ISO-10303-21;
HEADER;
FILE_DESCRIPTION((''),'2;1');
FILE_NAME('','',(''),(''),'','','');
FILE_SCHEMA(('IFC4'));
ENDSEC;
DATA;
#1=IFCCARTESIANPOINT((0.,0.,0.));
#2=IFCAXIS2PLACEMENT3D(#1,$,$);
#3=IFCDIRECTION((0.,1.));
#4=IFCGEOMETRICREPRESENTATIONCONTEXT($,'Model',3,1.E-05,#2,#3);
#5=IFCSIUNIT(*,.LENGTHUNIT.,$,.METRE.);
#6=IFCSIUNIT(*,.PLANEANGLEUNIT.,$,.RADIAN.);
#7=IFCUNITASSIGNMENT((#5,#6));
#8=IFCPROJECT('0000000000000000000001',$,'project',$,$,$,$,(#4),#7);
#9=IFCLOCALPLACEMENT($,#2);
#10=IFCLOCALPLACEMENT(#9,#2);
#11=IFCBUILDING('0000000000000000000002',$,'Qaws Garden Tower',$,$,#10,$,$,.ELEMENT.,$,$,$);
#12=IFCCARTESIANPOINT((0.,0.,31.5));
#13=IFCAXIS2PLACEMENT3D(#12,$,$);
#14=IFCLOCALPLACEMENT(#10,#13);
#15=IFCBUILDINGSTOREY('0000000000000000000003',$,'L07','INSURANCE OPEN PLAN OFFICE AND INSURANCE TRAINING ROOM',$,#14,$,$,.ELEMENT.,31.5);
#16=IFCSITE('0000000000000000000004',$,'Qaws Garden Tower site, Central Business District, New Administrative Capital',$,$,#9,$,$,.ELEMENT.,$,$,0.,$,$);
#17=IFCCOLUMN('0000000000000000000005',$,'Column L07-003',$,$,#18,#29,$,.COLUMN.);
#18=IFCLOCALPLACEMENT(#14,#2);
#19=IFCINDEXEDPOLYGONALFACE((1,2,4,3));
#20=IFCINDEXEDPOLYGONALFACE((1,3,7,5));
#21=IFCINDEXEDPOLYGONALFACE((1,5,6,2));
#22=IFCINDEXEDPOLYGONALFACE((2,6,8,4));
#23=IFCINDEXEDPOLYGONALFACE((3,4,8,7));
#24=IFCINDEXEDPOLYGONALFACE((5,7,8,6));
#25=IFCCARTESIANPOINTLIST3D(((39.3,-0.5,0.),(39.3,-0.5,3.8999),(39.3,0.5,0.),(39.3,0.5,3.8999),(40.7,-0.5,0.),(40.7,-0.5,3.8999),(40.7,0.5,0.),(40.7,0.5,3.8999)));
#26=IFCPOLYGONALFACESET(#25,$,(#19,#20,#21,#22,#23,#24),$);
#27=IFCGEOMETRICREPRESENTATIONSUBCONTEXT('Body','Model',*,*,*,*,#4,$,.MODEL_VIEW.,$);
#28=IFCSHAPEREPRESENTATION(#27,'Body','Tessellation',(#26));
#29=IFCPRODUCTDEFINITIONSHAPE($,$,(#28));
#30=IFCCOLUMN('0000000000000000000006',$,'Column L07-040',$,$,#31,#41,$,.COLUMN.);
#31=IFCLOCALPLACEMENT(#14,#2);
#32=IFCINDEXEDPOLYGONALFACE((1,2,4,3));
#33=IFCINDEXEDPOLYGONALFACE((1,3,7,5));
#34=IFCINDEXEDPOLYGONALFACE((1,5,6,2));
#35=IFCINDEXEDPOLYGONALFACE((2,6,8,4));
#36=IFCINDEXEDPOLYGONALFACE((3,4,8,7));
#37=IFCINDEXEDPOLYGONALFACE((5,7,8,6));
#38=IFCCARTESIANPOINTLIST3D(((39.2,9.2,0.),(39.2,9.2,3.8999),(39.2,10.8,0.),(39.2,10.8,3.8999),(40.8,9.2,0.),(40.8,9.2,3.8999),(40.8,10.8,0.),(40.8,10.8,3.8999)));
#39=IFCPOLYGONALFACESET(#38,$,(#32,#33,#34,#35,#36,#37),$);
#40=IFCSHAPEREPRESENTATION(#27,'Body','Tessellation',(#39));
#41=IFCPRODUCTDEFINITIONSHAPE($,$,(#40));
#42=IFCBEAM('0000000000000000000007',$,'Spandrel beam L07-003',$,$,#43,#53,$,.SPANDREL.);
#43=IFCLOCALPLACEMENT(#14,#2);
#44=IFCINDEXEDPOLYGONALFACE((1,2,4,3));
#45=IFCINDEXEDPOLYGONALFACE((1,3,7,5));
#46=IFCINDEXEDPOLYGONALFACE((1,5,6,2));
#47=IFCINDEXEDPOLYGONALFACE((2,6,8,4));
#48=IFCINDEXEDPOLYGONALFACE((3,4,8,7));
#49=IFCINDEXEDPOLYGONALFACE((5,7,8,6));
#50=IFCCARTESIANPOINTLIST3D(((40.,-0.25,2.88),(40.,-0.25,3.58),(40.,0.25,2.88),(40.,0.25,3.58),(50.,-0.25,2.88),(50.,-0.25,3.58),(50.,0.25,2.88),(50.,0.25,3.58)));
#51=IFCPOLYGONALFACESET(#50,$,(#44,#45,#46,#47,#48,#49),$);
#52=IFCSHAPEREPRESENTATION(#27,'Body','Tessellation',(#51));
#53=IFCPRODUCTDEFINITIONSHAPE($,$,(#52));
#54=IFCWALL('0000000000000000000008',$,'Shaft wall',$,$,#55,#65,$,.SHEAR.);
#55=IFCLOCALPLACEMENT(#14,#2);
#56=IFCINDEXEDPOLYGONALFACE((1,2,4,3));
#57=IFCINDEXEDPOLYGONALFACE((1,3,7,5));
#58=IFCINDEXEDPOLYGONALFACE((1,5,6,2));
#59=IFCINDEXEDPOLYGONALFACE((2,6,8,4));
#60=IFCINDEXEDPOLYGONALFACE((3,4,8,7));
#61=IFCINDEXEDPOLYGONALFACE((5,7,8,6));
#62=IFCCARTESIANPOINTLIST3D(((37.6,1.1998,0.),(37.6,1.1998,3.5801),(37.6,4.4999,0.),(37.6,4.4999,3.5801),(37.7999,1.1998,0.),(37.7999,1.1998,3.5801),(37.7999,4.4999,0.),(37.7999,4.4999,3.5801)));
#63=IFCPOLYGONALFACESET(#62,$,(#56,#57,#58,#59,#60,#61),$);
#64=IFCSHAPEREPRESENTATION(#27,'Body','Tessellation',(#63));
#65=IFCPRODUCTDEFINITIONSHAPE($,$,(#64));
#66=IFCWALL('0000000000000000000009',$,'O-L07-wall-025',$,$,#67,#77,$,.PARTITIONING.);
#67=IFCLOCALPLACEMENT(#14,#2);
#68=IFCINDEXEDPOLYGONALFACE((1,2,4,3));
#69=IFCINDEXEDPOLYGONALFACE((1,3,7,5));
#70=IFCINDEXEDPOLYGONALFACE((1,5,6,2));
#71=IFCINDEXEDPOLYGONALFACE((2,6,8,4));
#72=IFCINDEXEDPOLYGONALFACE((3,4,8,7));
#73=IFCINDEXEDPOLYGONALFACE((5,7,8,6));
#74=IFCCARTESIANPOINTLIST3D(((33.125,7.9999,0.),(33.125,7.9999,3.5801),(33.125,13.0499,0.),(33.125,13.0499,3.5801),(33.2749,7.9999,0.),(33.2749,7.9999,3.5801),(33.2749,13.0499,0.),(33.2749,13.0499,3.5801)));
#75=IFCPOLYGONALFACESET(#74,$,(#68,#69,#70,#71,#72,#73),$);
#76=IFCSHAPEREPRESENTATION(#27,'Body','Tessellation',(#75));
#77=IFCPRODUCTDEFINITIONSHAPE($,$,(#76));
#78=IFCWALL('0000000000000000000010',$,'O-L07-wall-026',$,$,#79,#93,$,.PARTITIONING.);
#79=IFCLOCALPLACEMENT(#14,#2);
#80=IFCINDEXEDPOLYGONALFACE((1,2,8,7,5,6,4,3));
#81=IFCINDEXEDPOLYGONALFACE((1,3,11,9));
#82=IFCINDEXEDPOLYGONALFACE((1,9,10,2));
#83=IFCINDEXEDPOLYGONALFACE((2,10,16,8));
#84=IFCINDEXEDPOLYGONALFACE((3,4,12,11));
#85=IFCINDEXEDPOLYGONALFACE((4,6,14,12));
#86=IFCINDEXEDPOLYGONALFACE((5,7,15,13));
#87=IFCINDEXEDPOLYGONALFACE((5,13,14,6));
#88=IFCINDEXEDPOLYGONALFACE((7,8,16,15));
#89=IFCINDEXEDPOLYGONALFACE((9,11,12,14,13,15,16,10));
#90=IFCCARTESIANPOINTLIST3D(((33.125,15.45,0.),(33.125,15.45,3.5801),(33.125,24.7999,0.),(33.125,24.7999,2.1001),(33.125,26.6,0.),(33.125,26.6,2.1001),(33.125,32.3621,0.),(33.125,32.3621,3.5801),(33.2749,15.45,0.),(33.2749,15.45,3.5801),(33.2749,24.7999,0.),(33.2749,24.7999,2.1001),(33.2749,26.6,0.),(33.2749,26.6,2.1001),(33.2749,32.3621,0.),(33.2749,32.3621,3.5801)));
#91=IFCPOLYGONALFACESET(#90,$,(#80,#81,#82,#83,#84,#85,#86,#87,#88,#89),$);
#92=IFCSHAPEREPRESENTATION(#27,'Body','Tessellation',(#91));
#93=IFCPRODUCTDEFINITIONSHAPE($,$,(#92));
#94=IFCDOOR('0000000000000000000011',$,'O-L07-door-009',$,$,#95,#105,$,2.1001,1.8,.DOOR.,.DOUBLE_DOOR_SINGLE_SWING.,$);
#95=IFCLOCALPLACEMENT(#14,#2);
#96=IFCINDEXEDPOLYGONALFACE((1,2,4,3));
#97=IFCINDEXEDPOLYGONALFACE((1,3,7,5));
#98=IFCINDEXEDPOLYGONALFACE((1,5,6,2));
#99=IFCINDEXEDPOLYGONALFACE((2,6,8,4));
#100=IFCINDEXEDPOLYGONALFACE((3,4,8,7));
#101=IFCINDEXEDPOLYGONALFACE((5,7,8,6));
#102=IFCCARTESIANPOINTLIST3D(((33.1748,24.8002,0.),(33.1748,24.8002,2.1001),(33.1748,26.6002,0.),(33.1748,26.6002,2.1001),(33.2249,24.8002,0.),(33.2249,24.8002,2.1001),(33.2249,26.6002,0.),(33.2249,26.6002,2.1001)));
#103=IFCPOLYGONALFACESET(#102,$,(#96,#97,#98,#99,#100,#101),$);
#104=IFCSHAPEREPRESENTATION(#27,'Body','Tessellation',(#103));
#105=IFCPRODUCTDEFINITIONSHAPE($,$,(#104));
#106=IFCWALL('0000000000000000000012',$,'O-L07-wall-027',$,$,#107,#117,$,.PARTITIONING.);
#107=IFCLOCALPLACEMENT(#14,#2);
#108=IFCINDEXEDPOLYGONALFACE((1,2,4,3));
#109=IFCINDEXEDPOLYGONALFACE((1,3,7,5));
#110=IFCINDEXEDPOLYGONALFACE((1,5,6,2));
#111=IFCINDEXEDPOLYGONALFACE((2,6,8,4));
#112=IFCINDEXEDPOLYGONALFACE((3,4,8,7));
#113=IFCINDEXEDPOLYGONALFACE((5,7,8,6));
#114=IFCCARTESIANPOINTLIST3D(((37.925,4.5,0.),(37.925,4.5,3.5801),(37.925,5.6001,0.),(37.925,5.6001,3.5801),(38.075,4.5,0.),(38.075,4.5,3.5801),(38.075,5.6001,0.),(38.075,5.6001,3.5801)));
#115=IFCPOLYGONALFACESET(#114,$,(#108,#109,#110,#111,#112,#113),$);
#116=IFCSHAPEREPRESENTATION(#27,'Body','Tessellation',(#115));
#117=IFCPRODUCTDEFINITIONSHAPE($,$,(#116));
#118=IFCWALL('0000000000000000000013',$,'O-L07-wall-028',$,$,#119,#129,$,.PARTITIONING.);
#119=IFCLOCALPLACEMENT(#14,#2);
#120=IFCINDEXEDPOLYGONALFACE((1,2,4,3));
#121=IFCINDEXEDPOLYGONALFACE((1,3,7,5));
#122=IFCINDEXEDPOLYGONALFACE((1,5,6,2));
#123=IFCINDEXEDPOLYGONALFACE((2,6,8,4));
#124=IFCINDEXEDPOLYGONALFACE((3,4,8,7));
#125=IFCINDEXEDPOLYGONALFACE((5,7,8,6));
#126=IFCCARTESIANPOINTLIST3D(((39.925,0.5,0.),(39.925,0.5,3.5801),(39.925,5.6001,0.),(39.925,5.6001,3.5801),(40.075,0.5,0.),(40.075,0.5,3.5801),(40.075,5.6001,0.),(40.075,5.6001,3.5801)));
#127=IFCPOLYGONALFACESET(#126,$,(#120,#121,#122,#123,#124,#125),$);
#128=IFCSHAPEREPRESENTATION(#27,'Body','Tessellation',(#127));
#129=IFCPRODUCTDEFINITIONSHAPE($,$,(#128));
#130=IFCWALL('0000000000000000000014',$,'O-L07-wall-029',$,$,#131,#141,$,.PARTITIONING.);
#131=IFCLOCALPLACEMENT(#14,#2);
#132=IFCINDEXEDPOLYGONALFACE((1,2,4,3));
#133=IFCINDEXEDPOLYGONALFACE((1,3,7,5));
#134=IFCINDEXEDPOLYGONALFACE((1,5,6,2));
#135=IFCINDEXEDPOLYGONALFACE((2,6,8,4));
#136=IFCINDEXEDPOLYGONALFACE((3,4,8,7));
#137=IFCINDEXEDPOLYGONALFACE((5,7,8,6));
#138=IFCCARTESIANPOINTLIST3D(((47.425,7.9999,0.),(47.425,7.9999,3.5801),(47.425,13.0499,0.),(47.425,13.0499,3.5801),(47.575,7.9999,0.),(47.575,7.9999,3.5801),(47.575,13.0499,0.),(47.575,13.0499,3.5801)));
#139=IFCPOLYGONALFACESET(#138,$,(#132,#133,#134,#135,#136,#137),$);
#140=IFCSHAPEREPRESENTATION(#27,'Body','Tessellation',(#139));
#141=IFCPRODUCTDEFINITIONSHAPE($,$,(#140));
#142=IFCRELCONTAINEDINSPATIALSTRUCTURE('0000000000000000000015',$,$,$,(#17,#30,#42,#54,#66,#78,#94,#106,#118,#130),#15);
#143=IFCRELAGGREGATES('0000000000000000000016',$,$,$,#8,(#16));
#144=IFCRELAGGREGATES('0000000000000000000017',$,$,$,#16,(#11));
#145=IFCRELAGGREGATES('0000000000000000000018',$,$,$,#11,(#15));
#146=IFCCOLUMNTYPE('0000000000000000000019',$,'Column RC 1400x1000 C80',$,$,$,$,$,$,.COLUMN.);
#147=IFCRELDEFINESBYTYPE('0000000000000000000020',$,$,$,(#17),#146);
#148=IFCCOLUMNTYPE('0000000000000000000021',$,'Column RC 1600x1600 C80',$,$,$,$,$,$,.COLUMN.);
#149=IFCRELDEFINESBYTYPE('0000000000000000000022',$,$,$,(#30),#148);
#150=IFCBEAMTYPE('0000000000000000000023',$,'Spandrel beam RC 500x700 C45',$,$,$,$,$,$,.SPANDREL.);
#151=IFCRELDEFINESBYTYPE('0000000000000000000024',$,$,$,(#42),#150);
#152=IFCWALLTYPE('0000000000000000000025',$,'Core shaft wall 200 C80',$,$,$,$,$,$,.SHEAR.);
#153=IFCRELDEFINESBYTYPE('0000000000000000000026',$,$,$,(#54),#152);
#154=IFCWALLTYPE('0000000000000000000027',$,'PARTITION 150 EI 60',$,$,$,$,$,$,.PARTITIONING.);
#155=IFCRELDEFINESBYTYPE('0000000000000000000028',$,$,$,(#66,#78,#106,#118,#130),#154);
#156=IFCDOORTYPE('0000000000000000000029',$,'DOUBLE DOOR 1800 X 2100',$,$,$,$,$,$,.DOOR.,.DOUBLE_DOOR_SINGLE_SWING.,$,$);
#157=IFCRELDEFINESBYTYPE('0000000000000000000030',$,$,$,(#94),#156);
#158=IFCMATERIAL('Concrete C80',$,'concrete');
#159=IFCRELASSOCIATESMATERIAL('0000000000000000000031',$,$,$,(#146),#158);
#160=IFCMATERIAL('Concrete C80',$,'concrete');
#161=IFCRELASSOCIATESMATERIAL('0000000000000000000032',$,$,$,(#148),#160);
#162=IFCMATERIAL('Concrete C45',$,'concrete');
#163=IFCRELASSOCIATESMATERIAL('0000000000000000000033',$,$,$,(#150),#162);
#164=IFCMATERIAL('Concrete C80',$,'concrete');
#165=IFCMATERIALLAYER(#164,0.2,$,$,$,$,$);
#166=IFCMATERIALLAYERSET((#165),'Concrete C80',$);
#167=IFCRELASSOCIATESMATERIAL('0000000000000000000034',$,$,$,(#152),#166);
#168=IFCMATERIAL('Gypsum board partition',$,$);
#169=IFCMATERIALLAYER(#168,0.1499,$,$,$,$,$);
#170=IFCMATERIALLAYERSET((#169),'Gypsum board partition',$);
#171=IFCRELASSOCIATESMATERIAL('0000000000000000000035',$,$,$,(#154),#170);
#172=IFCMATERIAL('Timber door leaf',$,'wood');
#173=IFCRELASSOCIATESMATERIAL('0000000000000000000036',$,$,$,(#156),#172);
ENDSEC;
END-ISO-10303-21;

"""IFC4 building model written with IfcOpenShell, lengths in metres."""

from ifc_helpers import new_model, si_unit, direction, frame, frame_2d, origin, origin_2d, place, context, subcontext, project, spatial, rectangle, extrude, material, layer, layer_set, material_profile, profile_set, type_object, element, fill, save


model = new_model("IFC4")

# Units and contexts
model_context = context("Model", 3, precision=1e-05, world=origin(), true_north=direction((0.0, 1.0)))
body_context = subcontext(model_context, "Body", "Model", "MODEL_VIEW")
ifc_project = project(units=[si_unit("LENGTHUNIT", "METRE"), si_unit("PLANEANGLEUNIT", "RADIAN")], contexts=[model_context])

# Site, building, storey
site_placement = place(None, origin())
site = spatial("IfcSite", under=ifc_project, at=site_placement, Name="Qaws Garden Tower site, Central Business District, New Administrative Capital", CompositionType="ELEMENT", RefElevation=0.0)
building_placement = place(site_placement, origin())
building = spatial("IfcBuilding", under=site, at=building_placement, Name="Qaws Garden Tower", CompositionType="ELEMENT")
storey_placement = place(building_placement, frame((0.0, 0.0, 31.5)))
storey = spatial("IfcBuildingStorey", under=building, at=storey_placement, Name="L07", Description="INSURANCE OPEN PLAN OFFICE AND INSURANCE TRAINING ROOM", CompositionType="ELEMENT", Elevation=31.5)

# Columns
ifc_material_1 = material(Name="Concrete C80", Category="concrete")
ifc_material_profile_1 = material_profile(ifc_material_1, rectangle(XDim=1.3999, YDim=1.0, at=origin_2d()), Name="RC 1400x1000")
ifc_profile_set_1 = profile_set([ifc_material_profile_1], Name="Concrete C80")
column_type_1 = type_object("IfcColumnType", Name="Column RC 1400x1000 C80", PredefinedType="COLUMN", material=ifc_profile_set_1)
column_1_placement = place(storey_placement, frame((40.0, 0.0, 0.0), z_axis=(0.0, 0.0, 1.0), x_axis=(1.0, 0.0, 0.0)))
element("IfcColumn", 1, at=column_1_placement, inside=storey, type_object=column_type_1, Name="Column L07-003", PredefinedType="COLUMN", context=body_context, shape_type="SweptSolid", body=[
    extrude(rectangle(XDim=1.3999, YDim=1.0, at=origin_2d()), origin(), (0.0, 0.0, 1.0), 3.8999),
])
ifc_material_2 = material(Name="Concrete C80", Category="concrete")
ifc_material_profile_2 = material_profile(ifc_material_2, rectangle(XDim=1.6001, YDim=1.6001, at=origin_2d()), Name="RC 1600x1600")
ifc_profile_set_2 = profile_set([ifc_material_profile_2], Name="Concrete C80")
column_type_2 = type_object("IfcColumnType", Name="Column RC 1600x1600 C80", PredefinedType="COLUMN", material=ifc_profile_set_2)
column_2_placement = place(storey_placement, frame((40.0, 10.0, 0.0), z_axis=(0.0, 0.0, 1.0), x_axis=(1.0, 0.0, 0.0)))
element("IfcColumn", 2, at=column_2_placement, inside=storey, type_object=column_type_2, Name="Column L07-040", PredefinedType="COLUMN", context=body_context, shape_type="SweptSolid", body=[
    extrude(rectangle(XDim=1.6001, YDim=1.6001, at=origin_2d()), origin(), (0.0, 0.0, 1.0), 3.8999),
])

# Beam
ifc_material_3 = material(Name="Concrete C45", Category="concrete")
ifc_material_profile_3 = material_profile(ifc_material_3, rectangle(XDim=0.5, YDim=0.7, at=origin_2d()), Name="RC 500x700")
ifc_profile_set_3 = profile_set([ifc_material_profile_3], Name="Concrete C45")
beam_type = type_object("IfcBeamType", Name="Spandrel beam RC 500x700 C45", PredefinedType="SPANDREL", material=ifc_profile_set_3)
beam_placement = place(storey_placement, frame((40.0, 0.0, 3.23), z_axis=(1.0, 0.0, 0.0), x_axis=(0.0, 1.0, 0.0)))
element("IfcBeam", 3, at=beam_placement, inside=storey, type_object=beam_type, Name="Spandrel beam L07-003", PredefinedType="SPANDREL", context=body_context, shape_type="SweptSolid", body=[
    extrude(rectangle(XDim=0.5, YDim=0.7, at=origin_2d()), origin(), (0.0, 0.0, 1.0), 10.0),
])

# Walls
ifc_material_4 = material(Name="Concrete C80", Category="concrete")
ifc_layer_1 = layer(ifc_material_4, 0.2)
ifc_layer_set_1 = layer_set([ifc_layer_1], Name="Concrete C80")
wall_type_1 = type_object("IfcWallType", Name="Core shaft wall 200 C80", PredefinedType="SHEAR", material=ifc_layer_set_1)
wall_1_placement = place(storey_placement, frame((37.7, 1.2, 0.0), z_axis=(0.0, 0.0, 1.0), x_axis=(0.0, 1.0, 0.0)))
element("IfcWall", 4, at=wall_1_placement, inside=storey, type_object=wall_type_1, Name="Shaft wall", PredefinedType="SHEAR", context=body_context, shape_type="SweptSolid", body=[
    extrude(rectangle(XDim=3.3, YDim=0.2, at=frame_2d((1.6499, 0.0))), origin(), (0.0, 0.0, 1.0), 3.5801),
])
ifc_material_5 = material(Name="Gypsum board partition")
ifc_layer_2 = layer(ifc_material_5, 0.1499)
ifc_layer_set_2 = layer_set([ifc_layer_2], Name="Gypsum board partition")
wall_type_2 = type_object("IfcWallType", Name="PARTITION 150 EI 60", PredefinedType="PARTITIONING", material=ifc_layer_set_2)
wall_2_placement = place(storey_placement, frame((33.2, 8.0, 0.0), z_axis=(0.0, 0.0, 1.0), x_axis=(0.0, 1.0, 0.0)))
element("IfcWall", 5, at=wall_2_placement, inside=storey, type_object=wall_type_2, Name="O-L07-wall-025", PredefinedType="PARTITIONING", context=body_context, shape_type="SweptSolid", body=[
    extrude(rectangle(XDim=5.05, YDim=0.1499, at=frame_2d((2.5249, 0.0))), origin(), (0.0, 0.0, 1.0), 3.5801),
])

# Wall, opening, door
wall_3_placement = place(storey_placement, frame((33.2, 15.45, 0.0), z_axis=(0.0, 0.0, 1.0), x_axis=(0.0, 1.0, 0.0)))
wall_3 = element("IfcWall", 6, at=wall_3_placement, inside=storey, type_object=wall_type_2, Name="O-L07-wall-026", PredefinedType="PARTITIONING", context=body_context, shape_type="SweptSolid", body=[
    extrude(rectangle(XDim=16.9121, YDim=0.1499, at=frame_2d((8.4561, 0.0))), origin(), (0.0, 0.0, 1.0), 3.5801),
])
opening_1_placement = place(wall_3_placement, frame((9.3501, 0.0, 0.0)))
opening_1 = element("IfcOpeningElement", 7, at=opening_1_placement, cuts=wall_3, PredefinedType="OPENING", context=body_context, shape_type="SweptSolid", body=[
    extrude(rectangle(XDim=1.8, YDim=2.1001, at=frame_2d((0.8999, 1.05))), frame((0.0, 0.085, 0.0), z_axis=(0.0, -1.0, 0.0), x_axis=(1.0, 0.0, 0.0)), (0.0, 0.0, 1.0), 0.1699),
])
ifc_material_6 = material(Name="Timber door leaf", Category="wood")
door_type_1 = type_object("IfcDoorType", Name="DOUBLE DOOR 1800 X 2100", OperationType="DOUBLE_DOOR_SINGLE_SWING", PredefinedType="DOOR", material=ifc_material_6)
door_1_placement = place(opening_1_placement, frame((1.8, 0.0, 0.0), z_axis=(0.0, 0.0, 1.0), x_axis=(-1.0, 0.0, 0.0)))
door_1 = element("IfcDoor", 8, at=door_1_placement, inside=storey, type_object=door_type_1, Name="O-L07-door-009", OperationType="DOUBLE_DOOR_SINGLE_SWING", OverallHeight=2.1001, OverallWidth=1.8, PredefinedType="DOOR", context=body_context, shape_type="SweptSolid", body=[
    extrude(rectangle(XDim=1.8, YDim=2.1001, at=frame_2d((0.8999, 1.05))), frame((0.0, 0.0249, 0.0), z_axis=(0.0, -1.0, 0.0), x_axis=(1.0, 0.0, 0.0)), (0.0, 0.0, 1.0), 0.05),
])
fill(opening_1, door_1)

# Walls
wall_4_placement = place(storey_placement, frame((38.0, 4.5, 0.0), z_axis=(0.0, 0.0, 1.0), x_axis=(0.0, 1.0, 0.0)))
element("IfcWall", 9, at=wall_4_placement, inside=storey, type_object=wall_type_2, Name="O-L07-wall-027", PredefinedType="PARTITIONING", context=body_context, shape_type="SweptSolid", body=[
    extrude(rectangle(XDim=1.1001, YDim=0.1499, at=frame_2d((0.55, 0.0))), origin(), (0.0, 0.0, 1.0), 3.5801),
])
wall_5_placement = place(storey_placement, frame((40.0, 0.5, 0.0), z_axis=(0.0, 0.0, 1.0), x_axis=(0.0, 1.0, 0.0)))
element("IfcWall", 10, at=wall_5_placement, inside=storey, type_object=wall_type_2, Name="O-L07-wall-028", PredefinedType="PARTITIONING", context=body_context, shape_type="SweptSolid", body=[
    extrude(rectangle(XDim=5.1001, YDim=0.1499, at=frame_2d((2.55, 0.0))), origin(), (0.0, 0.0, 1.0), 3.5801),
])
wall_6_placement = place(storey_placement, frame((47.5, 8.0, 0.0), z_axis=(0.0, 0.0, 1.0), x_axis=(0.0, 1.0, 0.0)))
element("IfcWall", 11, at=wall_6_placement, inside=storey, type_object=wall_type_2, Name="O-L07-wall-029", PredefinedType="PARTITIONING", context=body_context, shape_type="SweptSolid", body=[
    extrude(rectangle(XDim=5.05, YDim=0.1499, at=frame_2d((2.5249, 0.0))), origin(), (0.0, 0.0, 1.0), 3.5801),
])

save(model, "model.ifc")
